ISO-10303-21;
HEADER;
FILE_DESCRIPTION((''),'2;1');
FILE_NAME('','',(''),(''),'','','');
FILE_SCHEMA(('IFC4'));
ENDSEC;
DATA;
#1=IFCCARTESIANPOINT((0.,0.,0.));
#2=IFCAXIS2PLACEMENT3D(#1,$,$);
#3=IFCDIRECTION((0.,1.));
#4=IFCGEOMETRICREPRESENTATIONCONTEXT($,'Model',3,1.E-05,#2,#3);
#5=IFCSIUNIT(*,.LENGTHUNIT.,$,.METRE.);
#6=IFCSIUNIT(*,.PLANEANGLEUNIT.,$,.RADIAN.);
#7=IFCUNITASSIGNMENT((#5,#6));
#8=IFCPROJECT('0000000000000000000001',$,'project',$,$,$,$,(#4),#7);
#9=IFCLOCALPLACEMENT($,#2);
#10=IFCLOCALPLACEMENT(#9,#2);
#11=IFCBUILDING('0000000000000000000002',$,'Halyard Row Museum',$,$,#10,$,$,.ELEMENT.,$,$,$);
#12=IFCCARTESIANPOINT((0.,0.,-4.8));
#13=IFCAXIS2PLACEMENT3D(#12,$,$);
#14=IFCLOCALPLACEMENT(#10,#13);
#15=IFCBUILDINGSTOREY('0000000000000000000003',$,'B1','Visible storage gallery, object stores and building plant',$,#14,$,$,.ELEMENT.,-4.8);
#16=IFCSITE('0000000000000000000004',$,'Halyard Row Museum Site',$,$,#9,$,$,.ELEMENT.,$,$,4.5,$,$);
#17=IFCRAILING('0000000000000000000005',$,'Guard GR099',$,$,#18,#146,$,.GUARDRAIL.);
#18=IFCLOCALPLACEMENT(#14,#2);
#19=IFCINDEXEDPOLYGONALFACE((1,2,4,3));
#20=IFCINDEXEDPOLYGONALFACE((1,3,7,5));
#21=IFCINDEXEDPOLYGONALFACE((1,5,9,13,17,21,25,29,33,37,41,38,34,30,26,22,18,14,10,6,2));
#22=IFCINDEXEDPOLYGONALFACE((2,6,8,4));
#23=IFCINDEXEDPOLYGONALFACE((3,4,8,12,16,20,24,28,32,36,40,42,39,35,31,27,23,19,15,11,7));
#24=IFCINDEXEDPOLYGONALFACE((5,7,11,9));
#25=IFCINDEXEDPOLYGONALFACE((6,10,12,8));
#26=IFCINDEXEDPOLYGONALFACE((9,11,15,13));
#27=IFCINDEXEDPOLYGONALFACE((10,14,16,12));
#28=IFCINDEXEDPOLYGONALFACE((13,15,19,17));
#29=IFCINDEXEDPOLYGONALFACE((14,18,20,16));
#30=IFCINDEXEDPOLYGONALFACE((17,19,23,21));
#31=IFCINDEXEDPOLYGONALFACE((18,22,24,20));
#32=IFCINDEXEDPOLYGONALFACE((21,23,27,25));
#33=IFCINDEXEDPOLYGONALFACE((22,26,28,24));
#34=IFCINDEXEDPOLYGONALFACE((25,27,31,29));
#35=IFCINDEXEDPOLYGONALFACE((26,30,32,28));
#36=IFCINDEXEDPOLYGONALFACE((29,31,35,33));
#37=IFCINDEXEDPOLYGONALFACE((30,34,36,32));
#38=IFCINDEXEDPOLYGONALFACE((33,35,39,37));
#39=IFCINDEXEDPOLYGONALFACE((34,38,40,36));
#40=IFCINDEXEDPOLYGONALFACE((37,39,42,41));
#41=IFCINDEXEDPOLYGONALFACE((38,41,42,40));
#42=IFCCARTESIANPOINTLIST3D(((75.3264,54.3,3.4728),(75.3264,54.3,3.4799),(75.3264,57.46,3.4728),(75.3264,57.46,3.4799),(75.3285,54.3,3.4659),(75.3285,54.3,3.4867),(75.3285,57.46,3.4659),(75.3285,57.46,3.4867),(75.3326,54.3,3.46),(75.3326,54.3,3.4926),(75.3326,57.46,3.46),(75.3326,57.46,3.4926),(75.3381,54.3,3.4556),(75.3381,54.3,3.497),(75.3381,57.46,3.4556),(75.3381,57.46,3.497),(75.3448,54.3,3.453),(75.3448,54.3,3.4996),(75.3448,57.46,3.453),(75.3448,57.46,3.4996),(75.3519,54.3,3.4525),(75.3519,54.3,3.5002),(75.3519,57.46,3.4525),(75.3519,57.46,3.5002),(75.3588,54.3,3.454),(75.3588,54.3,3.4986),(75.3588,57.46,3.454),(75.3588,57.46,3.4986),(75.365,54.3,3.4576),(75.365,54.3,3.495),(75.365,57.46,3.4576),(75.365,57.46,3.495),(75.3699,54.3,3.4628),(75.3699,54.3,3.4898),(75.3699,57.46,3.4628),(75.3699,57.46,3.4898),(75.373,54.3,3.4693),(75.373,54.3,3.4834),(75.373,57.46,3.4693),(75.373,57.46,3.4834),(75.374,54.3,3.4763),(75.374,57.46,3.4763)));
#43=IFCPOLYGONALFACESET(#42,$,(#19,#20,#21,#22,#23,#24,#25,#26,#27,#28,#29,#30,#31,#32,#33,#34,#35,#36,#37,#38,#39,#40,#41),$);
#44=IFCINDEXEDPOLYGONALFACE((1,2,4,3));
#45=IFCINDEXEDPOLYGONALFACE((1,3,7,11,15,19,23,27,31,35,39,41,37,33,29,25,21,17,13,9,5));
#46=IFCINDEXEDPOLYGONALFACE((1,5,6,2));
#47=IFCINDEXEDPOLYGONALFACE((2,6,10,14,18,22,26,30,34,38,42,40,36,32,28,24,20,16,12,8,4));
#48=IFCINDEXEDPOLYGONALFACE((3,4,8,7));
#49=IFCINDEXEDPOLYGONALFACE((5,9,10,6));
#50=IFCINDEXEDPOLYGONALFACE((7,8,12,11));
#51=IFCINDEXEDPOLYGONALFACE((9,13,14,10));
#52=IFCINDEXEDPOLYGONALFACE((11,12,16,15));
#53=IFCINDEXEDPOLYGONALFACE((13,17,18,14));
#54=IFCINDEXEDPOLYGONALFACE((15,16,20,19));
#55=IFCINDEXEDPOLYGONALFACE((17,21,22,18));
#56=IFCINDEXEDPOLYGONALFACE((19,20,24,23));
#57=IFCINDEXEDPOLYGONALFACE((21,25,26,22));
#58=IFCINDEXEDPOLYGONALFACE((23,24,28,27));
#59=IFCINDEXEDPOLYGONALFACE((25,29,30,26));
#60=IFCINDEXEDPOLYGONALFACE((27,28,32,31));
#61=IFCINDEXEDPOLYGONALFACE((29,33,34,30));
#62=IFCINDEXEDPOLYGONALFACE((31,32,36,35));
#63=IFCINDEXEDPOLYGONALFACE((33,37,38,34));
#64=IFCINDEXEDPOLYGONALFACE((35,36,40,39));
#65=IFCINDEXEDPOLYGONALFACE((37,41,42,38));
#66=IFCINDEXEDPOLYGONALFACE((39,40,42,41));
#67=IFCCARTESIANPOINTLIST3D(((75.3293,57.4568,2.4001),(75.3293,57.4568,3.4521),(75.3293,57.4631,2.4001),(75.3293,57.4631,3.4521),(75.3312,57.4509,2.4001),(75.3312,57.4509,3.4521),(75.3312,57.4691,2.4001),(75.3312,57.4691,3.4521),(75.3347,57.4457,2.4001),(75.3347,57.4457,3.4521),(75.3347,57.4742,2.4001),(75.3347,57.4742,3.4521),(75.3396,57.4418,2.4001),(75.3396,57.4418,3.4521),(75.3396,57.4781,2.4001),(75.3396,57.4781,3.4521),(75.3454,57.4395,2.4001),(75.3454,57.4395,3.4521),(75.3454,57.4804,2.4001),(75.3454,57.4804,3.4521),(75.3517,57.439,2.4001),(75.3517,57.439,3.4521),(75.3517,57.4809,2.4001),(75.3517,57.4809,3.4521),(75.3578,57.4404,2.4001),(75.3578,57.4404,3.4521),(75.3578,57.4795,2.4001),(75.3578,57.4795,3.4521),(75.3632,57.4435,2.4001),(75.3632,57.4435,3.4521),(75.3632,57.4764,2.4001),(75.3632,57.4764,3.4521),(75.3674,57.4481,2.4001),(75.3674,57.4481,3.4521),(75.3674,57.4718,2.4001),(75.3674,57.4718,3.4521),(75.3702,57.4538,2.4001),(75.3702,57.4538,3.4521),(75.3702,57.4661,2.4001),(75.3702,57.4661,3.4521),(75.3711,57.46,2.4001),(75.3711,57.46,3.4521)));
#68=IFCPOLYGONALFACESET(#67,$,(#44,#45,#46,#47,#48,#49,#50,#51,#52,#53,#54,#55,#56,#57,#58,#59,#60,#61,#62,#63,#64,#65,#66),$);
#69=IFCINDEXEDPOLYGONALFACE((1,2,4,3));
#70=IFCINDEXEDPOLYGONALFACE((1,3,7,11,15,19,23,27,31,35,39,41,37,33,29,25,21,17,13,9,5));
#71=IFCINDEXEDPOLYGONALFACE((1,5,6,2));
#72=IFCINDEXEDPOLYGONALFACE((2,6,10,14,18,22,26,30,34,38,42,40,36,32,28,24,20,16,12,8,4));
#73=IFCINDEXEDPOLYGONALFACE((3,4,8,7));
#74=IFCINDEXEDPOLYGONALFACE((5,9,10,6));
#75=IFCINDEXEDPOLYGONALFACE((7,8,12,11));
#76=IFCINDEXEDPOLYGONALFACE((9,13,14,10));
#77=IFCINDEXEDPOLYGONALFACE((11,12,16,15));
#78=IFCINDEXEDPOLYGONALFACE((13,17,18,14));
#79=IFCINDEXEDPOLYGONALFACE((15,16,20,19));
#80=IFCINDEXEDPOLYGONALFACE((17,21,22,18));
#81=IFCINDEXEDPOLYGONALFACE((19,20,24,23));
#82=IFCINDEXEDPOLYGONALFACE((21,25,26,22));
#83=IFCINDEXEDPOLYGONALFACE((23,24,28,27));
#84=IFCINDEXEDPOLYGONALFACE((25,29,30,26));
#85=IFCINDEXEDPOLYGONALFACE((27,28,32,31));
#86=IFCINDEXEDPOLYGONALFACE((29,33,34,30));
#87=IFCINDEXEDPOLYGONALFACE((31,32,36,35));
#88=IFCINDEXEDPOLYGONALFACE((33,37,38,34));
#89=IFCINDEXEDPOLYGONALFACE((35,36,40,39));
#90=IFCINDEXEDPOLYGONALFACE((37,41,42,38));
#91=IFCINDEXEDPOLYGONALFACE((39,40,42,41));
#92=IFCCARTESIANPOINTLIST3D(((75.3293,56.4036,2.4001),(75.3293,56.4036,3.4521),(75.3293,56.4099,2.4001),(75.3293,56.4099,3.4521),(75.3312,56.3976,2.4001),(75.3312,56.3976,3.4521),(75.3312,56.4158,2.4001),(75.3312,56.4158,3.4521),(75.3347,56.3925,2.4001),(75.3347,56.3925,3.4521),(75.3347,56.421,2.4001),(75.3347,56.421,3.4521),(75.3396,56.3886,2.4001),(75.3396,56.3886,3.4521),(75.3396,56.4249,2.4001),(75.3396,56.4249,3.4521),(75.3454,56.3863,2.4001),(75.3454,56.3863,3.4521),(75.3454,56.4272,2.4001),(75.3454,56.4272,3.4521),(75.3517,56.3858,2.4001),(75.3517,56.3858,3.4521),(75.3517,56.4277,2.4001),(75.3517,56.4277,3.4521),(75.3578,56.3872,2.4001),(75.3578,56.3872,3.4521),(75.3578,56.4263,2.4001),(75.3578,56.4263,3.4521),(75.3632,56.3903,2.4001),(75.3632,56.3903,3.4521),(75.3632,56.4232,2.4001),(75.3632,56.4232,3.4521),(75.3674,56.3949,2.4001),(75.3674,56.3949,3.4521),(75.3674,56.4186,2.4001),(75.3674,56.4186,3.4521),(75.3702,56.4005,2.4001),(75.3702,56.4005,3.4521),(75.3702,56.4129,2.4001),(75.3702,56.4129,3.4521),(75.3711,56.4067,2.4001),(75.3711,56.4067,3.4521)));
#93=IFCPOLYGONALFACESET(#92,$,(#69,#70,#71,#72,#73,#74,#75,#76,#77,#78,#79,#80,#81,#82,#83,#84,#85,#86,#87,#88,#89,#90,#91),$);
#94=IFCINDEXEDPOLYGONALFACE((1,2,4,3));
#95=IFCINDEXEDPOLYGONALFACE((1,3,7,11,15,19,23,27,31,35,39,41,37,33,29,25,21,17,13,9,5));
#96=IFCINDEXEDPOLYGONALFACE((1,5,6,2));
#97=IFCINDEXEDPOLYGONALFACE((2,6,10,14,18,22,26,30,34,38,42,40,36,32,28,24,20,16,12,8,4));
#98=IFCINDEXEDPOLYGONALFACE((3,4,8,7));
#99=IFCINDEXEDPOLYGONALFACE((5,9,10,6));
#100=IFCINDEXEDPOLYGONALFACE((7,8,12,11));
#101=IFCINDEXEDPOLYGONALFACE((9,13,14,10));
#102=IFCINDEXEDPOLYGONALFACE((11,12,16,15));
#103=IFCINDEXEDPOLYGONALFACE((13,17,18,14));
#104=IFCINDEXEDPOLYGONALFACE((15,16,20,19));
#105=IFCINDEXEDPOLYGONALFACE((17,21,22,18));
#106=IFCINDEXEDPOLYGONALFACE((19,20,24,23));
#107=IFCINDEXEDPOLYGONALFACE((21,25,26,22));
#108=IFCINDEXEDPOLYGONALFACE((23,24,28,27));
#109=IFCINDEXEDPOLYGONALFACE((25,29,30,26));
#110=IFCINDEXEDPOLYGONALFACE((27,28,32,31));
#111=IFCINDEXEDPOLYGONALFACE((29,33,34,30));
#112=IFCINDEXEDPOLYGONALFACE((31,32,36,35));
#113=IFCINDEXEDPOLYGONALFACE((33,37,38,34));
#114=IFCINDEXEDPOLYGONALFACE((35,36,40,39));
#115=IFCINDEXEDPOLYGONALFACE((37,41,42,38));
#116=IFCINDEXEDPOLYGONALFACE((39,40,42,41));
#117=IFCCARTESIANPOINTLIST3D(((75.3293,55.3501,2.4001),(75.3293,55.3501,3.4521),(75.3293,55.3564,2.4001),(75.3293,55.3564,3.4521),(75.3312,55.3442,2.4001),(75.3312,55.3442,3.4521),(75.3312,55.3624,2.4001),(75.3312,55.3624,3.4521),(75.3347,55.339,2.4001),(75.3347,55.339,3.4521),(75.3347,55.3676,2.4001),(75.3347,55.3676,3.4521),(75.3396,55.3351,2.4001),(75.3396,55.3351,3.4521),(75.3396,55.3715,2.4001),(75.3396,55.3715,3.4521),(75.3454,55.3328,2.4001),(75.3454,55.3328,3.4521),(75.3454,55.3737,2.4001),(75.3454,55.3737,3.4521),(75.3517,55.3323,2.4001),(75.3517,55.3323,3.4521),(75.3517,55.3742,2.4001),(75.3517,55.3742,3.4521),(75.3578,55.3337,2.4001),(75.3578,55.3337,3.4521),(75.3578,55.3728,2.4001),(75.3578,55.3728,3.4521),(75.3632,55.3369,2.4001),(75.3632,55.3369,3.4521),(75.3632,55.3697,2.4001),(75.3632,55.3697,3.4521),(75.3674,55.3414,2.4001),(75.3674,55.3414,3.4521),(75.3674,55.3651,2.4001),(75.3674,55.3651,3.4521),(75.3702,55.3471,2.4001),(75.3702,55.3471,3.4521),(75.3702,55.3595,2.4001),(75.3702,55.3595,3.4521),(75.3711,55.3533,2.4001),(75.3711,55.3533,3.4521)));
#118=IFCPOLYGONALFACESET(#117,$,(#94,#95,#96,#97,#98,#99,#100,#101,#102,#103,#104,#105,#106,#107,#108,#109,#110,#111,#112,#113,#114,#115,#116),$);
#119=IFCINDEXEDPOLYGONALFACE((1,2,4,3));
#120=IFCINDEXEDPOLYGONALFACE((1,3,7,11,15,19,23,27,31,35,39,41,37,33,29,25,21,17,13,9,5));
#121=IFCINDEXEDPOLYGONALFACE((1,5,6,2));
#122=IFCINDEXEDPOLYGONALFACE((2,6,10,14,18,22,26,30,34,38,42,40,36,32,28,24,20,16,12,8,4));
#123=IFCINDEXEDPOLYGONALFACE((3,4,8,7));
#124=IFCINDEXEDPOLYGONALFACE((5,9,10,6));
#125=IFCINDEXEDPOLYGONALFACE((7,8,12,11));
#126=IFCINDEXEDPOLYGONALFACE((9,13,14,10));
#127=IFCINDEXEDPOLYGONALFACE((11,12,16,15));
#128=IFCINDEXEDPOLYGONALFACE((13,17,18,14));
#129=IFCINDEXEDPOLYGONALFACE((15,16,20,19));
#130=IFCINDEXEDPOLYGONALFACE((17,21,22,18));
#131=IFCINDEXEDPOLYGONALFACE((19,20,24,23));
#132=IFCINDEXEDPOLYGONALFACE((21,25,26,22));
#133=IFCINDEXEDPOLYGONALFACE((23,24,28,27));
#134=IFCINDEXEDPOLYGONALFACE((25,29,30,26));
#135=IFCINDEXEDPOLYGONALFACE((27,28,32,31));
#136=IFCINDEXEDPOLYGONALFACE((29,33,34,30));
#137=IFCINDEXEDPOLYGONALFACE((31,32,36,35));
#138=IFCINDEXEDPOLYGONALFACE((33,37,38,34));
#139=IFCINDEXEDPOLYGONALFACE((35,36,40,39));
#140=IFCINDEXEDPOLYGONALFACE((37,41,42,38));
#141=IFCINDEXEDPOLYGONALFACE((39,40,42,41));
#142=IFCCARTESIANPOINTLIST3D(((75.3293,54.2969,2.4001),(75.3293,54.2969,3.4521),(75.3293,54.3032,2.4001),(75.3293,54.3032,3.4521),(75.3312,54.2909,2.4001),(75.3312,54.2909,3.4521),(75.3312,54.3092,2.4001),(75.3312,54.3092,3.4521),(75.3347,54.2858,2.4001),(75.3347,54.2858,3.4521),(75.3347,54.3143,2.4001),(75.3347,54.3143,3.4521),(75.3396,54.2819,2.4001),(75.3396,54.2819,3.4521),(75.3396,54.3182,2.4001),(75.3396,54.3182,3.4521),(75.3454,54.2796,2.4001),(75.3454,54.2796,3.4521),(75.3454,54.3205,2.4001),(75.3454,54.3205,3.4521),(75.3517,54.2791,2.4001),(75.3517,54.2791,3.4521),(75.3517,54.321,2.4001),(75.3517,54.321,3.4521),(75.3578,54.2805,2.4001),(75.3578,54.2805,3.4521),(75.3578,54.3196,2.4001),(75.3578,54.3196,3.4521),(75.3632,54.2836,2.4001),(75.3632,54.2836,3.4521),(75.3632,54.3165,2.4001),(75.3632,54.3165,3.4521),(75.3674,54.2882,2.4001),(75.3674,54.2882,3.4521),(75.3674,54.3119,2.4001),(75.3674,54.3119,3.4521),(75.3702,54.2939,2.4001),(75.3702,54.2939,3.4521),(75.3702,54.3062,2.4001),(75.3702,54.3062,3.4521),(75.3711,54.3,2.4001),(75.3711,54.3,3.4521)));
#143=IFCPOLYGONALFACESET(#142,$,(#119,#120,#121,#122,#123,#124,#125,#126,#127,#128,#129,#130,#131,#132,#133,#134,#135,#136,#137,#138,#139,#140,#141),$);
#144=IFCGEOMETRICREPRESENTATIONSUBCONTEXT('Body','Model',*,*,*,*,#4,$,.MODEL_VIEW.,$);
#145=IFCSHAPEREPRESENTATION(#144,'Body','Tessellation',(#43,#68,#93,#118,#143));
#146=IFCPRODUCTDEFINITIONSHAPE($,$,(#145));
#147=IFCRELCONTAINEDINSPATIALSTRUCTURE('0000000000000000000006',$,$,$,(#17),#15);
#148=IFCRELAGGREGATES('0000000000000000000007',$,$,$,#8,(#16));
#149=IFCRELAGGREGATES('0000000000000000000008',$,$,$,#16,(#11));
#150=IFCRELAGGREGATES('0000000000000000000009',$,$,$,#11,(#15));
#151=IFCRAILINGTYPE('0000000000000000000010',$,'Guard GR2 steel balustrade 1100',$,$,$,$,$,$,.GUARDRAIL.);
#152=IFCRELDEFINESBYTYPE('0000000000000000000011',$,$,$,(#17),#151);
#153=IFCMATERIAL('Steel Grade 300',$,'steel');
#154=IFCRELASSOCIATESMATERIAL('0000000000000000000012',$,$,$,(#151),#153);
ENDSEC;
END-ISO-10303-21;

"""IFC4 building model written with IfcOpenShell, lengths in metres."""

from ifc_helpers import new_model, si_unit, direction, frame, origin, origin_2d, place, context, subcontext, project, spatial, circle, extrude, material, type_object, element, save


model = new_model("IFC4")

# Units and contexts
model_context = context("Model", 3, precision=1e-05, world=origin(), true_north=direction((0.0, 1.0)))
body_context = subcontext(model_context, "Body", "Model", "MODEL_VIEW")
ifc_project = project(units=[si_unit("LENGTHUNIT", "METRE"), si_unit("PLANEANGLEUNIT", "RADIAN")], contexts=[model_context])

# Site, building, storey
site_placement = place(None, origin())
site = spatial("IfcSite", under=ifc_project, at=site_placement, Name="Halyard Row Museum Site", CompositionType="ELEMENT", RefElevation=4.5)
building_placement = place(site_placement, origin())
building = spatial("IfcBuilding", under=site, at=building_placement, Name="Halyard Row Museum", CompositionType="ELEMENT")
storey_placement = place(building_placement, frame((0.0, 0.0, -4.8)))
storey = spatial("IfcBuildingStorey", under=building, at=storey_placement, Name="B1", Description="Visible storage gallery, object stores and building plant", CompositionType="ELEMENT", Elevation=-4.8)

# Railing
ifc_material_1 = material(Name="Steel Grade 300", Category="steel")
railing_type_1 = type_object("IfcRailingType", Name="Guard GR2 steel balustrade 1100", PredefinedType="GUARDRAIL", material=ifc_material_1)
railing_1_placement = place(storey_placement, frame((75.3501, 57.46, 2.4001)))
element("IfcRailing", 1, at=railing_1_placement, inside=storey, type_object=railing_type_1, Name="Guard GR099", PredefinedType="GUARDRAIL", context=body_context, shape_type="SweptSolid", body=[
    extrude(circle(Radius=0.0239, at=origin_2d()), frame((0.0, 0.0, 1.0762), z_axis=(0.0, -1.0, 0.0), x_axis=(1.0, 0.0, 0.0)), (0.0, 0.0, 1.0), 3.1599),
    extrude(circle(Radius=0.021, at=origin_2d()), origin(), (0.0, 0.0, 1.0), 1.052),
    extrude(circle(Radius=0.021, at=origin_2d()), frame((0.0, -1.0532, 0.0)), (0.0, 0.0, 1.0), 1.052),
    extrude(circle(Radius=0.021, at=origin_2d()), frame((0.0, -2.1067, 0.0)), (0.0, 0.0, 1.0), 1.052),
    extrude(circle(Radius=0.021, at=origin_2d()), frame((0.0, -3.1599, 0.0)), (0.0, 0.0, 1.0), 1.052),
])

save(model, "model.ifc")
